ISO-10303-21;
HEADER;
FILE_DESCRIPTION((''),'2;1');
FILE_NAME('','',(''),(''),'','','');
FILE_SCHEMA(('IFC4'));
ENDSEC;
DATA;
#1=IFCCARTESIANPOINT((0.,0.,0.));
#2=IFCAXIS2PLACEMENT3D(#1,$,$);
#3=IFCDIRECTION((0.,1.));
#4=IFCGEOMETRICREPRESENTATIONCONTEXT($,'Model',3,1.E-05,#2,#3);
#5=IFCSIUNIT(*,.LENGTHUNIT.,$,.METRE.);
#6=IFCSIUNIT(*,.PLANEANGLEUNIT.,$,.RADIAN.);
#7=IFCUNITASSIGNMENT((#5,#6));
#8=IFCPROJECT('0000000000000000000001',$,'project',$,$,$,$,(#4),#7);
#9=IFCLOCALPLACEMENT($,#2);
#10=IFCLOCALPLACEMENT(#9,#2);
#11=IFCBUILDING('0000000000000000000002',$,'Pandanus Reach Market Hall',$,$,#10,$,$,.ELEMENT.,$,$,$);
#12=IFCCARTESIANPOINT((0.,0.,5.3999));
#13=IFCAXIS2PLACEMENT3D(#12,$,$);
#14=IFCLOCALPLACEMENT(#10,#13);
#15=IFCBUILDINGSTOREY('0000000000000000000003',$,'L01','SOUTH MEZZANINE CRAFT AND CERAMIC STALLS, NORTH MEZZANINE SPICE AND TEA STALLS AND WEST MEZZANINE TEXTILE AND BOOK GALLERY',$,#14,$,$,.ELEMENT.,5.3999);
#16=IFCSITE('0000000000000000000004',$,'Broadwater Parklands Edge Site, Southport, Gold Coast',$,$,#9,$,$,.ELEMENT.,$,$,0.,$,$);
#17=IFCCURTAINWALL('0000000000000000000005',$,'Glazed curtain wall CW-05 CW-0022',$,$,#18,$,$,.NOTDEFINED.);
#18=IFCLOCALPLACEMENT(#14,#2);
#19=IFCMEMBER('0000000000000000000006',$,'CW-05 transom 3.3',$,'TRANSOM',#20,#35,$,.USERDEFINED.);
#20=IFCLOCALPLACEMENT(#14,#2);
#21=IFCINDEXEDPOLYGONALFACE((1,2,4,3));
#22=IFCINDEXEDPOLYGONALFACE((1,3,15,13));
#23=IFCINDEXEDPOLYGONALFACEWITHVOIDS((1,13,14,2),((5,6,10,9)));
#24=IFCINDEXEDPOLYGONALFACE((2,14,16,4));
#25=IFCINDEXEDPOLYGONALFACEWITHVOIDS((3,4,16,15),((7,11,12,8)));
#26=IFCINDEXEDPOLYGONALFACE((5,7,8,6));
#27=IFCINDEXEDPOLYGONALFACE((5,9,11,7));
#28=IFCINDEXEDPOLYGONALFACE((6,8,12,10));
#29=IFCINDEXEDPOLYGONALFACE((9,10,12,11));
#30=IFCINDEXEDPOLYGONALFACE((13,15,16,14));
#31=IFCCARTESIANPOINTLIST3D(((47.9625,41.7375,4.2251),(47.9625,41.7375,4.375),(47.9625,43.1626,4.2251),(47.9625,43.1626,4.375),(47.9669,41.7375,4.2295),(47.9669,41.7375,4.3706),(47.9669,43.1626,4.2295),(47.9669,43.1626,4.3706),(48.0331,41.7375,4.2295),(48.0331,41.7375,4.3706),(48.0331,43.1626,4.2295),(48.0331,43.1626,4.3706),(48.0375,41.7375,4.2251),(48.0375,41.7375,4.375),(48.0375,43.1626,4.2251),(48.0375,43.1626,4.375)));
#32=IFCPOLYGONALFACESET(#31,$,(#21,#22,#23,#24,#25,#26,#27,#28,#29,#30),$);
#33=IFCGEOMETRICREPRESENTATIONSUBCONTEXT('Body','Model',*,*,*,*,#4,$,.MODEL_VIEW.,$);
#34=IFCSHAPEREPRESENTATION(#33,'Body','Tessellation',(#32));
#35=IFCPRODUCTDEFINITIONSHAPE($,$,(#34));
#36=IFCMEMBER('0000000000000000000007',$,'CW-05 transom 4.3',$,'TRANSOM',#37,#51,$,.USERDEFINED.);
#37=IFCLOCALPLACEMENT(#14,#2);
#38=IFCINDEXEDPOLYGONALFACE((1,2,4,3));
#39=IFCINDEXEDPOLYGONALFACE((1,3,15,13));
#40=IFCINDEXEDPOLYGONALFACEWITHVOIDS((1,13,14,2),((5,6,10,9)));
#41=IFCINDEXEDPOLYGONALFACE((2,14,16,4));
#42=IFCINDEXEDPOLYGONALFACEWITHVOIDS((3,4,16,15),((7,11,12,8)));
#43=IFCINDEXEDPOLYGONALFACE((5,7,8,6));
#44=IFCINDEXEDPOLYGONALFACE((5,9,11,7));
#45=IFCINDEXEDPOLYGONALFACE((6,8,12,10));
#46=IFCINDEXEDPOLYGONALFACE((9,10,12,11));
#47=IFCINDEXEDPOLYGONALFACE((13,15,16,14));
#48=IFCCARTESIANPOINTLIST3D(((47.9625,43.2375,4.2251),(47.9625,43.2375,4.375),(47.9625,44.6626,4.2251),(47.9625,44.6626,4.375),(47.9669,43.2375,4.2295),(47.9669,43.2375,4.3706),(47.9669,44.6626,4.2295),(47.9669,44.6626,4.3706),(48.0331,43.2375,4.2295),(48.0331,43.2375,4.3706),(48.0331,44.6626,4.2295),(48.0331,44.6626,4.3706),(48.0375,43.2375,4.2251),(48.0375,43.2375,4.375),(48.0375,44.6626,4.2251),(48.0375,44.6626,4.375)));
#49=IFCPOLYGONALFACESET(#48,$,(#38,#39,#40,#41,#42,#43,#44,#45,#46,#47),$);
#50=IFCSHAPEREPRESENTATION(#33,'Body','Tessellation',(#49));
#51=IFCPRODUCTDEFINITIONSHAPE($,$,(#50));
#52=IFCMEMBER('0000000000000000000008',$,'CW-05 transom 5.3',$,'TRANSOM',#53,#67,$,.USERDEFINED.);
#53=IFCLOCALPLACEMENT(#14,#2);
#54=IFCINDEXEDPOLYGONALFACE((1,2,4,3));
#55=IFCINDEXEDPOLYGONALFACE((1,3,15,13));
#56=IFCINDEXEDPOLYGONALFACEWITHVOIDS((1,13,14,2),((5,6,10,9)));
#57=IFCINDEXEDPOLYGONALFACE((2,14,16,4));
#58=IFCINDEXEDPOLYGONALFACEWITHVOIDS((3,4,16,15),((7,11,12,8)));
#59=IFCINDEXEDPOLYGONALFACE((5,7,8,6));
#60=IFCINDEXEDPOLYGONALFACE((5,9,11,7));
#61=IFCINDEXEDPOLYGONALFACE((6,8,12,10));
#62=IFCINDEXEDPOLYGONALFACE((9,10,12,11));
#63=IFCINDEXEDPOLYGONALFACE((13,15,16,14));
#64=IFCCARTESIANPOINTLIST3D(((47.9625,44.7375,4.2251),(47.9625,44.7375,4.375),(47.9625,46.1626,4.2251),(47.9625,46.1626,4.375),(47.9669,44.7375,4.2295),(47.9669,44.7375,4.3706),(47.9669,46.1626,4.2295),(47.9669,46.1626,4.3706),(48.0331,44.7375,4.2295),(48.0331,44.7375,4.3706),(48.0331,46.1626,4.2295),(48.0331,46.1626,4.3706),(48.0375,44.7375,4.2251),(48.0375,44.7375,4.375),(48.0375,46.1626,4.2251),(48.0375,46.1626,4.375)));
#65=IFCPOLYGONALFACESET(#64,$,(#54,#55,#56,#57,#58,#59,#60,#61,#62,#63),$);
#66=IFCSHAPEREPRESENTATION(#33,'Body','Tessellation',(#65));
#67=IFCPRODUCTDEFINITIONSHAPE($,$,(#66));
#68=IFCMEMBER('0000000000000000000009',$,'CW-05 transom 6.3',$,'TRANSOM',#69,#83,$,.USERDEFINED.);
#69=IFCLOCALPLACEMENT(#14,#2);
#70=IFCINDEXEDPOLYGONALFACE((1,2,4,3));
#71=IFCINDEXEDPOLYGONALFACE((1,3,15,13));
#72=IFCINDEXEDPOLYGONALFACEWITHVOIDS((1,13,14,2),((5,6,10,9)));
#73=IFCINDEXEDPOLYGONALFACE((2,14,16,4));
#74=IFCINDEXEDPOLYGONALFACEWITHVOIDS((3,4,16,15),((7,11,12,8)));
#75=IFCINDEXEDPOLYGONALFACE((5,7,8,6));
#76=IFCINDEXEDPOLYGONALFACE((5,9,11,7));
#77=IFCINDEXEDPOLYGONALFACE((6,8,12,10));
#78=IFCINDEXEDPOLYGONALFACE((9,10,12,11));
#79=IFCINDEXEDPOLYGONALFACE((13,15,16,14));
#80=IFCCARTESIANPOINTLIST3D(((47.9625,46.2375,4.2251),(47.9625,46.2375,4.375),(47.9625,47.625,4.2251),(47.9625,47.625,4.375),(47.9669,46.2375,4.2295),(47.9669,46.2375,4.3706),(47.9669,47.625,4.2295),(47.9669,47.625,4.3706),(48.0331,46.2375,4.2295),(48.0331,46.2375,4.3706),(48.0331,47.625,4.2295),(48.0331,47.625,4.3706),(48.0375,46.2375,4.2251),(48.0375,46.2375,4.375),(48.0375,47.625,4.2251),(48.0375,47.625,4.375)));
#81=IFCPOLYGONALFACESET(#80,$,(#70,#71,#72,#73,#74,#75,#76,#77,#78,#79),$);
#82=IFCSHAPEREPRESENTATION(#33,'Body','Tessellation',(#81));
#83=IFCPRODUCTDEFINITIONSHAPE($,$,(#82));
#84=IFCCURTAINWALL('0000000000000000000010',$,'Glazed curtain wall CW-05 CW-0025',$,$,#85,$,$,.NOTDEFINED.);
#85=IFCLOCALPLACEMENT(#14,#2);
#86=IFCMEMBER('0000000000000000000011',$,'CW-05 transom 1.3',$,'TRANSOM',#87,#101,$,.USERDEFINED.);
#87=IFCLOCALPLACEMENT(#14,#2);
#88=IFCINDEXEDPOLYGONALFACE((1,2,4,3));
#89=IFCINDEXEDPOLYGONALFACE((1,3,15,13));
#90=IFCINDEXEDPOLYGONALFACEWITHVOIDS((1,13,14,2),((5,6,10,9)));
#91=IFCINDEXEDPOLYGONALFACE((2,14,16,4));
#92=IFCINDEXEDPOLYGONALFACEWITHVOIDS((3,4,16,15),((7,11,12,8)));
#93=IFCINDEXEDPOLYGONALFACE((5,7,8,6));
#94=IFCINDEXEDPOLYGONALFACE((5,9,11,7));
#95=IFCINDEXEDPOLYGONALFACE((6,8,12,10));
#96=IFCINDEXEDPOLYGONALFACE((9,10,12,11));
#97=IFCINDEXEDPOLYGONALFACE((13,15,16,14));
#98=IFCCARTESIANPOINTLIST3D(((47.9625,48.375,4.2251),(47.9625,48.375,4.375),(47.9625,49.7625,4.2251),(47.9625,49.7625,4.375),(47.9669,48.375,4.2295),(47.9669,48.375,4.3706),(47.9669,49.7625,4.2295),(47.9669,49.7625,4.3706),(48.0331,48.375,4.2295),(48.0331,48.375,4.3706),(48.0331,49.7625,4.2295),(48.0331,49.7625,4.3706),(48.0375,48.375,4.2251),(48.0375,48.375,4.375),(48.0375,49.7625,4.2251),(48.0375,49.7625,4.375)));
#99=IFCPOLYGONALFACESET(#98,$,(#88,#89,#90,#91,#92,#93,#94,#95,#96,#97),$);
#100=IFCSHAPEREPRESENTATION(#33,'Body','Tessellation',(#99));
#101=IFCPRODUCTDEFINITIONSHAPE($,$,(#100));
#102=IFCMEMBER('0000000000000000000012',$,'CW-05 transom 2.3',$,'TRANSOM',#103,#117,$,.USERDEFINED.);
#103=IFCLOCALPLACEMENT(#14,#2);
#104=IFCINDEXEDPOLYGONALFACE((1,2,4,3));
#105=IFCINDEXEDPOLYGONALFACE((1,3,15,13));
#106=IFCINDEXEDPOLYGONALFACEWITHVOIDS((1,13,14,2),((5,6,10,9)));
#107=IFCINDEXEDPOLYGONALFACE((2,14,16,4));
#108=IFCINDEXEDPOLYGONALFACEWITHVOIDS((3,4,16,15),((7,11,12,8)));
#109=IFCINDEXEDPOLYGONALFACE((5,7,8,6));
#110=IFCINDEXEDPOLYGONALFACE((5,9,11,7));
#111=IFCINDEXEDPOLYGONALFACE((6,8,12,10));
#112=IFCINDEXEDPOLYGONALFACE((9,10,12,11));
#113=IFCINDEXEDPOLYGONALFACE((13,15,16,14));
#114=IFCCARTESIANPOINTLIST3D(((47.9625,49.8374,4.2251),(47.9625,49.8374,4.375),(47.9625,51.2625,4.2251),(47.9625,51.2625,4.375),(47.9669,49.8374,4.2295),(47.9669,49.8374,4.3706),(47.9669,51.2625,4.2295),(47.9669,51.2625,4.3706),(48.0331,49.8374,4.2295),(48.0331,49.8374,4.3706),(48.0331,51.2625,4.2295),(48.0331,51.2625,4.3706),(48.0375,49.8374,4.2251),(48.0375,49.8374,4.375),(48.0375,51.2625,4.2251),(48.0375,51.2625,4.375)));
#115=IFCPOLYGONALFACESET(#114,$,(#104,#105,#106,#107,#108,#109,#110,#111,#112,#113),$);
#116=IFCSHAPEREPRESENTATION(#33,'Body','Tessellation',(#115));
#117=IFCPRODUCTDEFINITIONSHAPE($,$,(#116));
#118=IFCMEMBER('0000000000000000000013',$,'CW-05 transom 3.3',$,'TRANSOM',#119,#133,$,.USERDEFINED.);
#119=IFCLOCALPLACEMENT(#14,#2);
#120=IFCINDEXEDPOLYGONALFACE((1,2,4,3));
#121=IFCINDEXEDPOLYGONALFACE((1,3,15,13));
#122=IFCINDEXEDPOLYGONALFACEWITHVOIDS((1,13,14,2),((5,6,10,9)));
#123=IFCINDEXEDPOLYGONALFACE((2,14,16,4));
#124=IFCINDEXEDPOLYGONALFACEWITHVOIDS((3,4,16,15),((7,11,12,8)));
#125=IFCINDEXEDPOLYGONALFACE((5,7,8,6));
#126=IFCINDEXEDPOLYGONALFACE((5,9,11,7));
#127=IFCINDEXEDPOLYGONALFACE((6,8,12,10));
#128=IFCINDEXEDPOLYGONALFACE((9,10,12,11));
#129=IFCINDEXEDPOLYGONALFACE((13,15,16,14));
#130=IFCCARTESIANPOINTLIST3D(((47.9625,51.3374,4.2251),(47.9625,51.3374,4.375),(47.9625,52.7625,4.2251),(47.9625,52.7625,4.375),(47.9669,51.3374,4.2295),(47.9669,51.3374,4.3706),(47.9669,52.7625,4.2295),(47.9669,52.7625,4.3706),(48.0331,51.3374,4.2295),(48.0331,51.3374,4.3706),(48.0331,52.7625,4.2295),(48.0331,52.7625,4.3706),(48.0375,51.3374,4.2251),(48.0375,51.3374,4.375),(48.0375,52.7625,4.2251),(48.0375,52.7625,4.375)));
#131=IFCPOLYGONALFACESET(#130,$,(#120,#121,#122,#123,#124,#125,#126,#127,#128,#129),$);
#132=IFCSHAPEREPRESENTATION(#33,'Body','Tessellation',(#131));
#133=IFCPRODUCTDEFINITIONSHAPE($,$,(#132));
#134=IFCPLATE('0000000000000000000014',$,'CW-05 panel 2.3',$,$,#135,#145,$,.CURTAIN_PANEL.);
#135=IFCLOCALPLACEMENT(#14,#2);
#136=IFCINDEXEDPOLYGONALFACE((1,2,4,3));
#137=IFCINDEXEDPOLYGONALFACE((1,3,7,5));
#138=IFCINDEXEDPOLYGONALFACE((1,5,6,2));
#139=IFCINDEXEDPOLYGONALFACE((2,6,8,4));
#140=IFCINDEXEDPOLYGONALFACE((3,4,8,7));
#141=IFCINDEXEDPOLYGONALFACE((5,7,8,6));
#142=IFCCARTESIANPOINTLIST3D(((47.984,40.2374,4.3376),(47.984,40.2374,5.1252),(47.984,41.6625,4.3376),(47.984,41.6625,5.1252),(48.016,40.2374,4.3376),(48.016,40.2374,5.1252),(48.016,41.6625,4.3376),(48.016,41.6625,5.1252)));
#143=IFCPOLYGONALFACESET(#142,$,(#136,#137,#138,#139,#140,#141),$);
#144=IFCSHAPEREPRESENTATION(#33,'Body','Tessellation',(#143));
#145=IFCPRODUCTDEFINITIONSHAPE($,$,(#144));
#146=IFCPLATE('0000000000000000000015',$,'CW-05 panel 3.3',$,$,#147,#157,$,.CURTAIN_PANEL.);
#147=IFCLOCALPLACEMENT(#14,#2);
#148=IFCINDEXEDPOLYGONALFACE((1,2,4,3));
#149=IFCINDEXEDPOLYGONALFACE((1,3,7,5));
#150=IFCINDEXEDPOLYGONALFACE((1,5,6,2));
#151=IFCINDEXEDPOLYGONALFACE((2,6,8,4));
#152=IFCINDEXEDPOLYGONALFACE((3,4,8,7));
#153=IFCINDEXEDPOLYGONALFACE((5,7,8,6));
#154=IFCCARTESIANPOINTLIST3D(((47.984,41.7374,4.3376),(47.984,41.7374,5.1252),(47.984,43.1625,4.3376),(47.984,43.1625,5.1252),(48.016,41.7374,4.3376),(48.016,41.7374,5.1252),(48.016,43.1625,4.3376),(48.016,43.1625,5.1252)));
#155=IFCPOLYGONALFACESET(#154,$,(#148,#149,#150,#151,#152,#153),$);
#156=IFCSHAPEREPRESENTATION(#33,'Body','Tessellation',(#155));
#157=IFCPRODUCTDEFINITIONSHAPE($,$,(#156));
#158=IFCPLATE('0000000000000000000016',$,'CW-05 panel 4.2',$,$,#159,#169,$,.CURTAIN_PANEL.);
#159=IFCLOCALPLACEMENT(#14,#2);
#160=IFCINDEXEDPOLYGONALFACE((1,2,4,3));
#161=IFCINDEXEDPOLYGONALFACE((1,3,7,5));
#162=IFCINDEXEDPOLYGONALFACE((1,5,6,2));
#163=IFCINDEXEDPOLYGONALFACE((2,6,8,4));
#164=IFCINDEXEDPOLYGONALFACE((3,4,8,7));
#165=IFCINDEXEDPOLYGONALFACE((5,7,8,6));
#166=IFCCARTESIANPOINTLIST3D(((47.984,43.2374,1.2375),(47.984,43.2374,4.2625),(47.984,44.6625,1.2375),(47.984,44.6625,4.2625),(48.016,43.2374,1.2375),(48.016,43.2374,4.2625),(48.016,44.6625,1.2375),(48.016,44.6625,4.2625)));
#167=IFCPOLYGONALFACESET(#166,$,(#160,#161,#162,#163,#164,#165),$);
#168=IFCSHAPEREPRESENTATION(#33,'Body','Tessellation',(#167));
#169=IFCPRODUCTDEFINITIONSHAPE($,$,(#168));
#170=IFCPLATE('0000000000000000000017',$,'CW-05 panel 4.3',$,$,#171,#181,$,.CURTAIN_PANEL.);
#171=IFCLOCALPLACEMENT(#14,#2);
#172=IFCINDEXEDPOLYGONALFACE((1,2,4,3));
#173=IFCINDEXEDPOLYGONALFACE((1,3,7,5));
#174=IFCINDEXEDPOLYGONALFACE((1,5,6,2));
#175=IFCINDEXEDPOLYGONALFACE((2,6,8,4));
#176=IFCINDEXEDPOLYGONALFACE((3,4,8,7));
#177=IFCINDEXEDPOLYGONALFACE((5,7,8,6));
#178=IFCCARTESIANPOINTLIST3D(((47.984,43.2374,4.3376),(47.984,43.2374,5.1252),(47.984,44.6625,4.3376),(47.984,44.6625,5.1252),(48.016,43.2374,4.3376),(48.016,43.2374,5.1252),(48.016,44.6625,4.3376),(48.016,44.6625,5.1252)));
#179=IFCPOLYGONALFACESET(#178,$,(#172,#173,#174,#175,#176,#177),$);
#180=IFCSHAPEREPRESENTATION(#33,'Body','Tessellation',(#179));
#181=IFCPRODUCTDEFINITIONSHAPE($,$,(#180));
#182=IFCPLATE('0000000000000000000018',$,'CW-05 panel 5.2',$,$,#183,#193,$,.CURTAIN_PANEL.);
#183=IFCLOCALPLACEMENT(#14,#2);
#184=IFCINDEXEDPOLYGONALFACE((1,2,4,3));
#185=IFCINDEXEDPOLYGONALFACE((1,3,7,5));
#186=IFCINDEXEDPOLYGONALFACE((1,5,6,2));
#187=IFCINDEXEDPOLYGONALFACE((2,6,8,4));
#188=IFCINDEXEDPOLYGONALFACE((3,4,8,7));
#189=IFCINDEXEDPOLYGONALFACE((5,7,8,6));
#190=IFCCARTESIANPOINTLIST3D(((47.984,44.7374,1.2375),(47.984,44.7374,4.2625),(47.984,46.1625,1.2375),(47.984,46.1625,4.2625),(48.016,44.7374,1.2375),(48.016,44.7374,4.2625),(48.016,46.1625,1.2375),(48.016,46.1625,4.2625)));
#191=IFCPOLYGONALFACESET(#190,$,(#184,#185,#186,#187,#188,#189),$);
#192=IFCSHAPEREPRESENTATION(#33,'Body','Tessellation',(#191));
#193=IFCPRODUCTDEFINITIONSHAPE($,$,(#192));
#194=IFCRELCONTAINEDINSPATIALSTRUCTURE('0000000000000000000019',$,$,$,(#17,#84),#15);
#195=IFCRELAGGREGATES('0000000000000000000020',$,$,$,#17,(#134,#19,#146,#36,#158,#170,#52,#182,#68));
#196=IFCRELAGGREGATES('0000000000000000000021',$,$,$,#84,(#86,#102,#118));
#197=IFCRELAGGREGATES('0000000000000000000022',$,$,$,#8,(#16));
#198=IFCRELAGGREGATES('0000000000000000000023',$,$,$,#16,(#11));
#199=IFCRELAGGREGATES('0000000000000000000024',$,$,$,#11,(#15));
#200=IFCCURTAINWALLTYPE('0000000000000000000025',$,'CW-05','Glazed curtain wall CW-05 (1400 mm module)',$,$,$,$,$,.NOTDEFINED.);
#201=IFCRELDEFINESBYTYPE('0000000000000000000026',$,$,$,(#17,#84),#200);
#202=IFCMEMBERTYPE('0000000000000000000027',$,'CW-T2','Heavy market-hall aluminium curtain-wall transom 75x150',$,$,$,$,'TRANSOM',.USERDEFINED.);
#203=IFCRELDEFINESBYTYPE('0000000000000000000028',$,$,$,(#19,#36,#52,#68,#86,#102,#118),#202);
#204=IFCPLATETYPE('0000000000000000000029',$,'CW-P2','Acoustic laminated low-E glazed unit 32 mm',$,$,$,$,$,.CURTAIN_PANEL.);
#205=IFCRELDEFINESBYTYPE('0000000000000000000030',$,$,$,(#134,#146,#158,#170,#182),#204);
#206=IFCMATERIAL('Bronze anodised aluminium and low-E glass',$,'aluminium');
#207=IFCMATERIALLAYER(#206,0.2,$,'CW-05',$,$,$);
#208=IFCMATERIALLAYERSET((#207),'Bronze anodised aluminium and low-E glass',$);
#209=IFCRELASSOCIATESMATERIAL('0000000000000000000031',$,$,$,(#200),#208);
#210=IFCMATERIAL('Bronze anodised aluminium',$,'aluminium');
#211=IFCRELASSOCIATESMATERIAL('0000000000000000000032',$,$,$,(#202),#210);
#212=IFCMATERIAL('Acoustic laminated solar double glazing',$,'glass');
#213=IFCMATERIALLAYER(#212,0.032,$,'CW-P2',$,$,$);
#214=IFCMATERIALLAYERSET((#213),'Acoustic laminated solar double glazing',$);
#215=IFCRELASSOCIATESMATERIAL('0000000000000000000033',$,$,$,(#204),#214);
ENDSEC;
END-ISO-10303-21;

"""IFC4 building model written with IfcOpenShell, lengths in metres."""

from ifc_helpers import new_model, si_unit, direction, frame, origin, origin_2d, place, context, subcontext, project, spatial, rectangle, hollow_rectangle, extrude, material, layer, layer_set, material_profile, profile_set, type_object, element, aggregate, save


model = new_model("IFC4")

# Units and contexts
model_context = context("Model", 3, precision=1e-05, world=origin(), true_north=direction((0.0, 1.0)))
body_context = subcontext(model_context, "Body", "Model", "MODEL_VIEW")
ifc_project = project(units=[si_unit("LENGTHUNIT", "METRE"), si_unit("PLANEANGLEUNIT", "RADIAN")], contexts=[model_context])

# Site, building, storey
site_placement = place(None, origin())
site = spatial("IfcSite", under=ifc_project, at=site_placement, Name="Broadwater Parklands Edge Site, Southport, Gold Coast", CompositionType="ELEMENT", RefElevation=0.0)
building_placement = place(site_placement, origin())
building = spatial("IfcBuilding", under=site, at=building_placement, Name="Pandanus Reach Market Hall", CompositionType="ELEMENT")
storey_placement = place(building_placement, frame((0.0, 0.0, 5.3999)))
storey = spatial("IfcBuildingStorey", under=building, at=storey_placement, Name="L01", Description="SOUTH MEZZANINE CRAFT AND CERAMIC STALLS, NORTH MEZZANINE SPICE AND TEA STALLS AND WEST MEZZANINE TEXTILE AND BOOK GALLERY", CompositionType="ELEMENT", Elevation=5.3999)

# Curtain walls, members
ifc_material_1 = material(Name="Bronze anodised aluminium and low-E glass", Category="aluminium")
ifc_layer_1 = layer(ifc_material_1, 0.2, Name="CW-05")
ifc_layer_set_1 = layer_set([ifc_layer_1], Name="Bronze anodised aluminium and low-E glass")
curtain_wall_type = type_object("IfcCurtainWallType", Name="CW-05", Description="Glazed curtain wall CW-05 (1400 mm module)", PredefinedType="NOTDEFINED", material=ifc_layer_set_1)
curtain_wall_1_placement = place(storey_placement, origin())
curtain_wall_1 = element("IfcCurtainWall", 1, at=curtain_wall_1_placement, inside=storey, type_object=curtain_wall_type, Name="Glazed curtain wall CW-05 CW-0022", PredefinedType="NOTDEFINED")
ifc_material_2 = material(Name="Bronze anodised aluminium", Category="aluminium")
ifc_material_profile = material_profile(ifc_material_2, hollow_rectangle(XDim=0.075, YDim=0.1499, WallThickness=0.0044, at=origin_2d()), Name="ALU75x150", Category="LoadBearing")
ifc_profile_set = profile_set([ifc_material_profile], Name="Bronze anodised aluminium")
member_type = type_object("IfcMemberType", Name="CW-T2", Description="Heavy market-hall aluminium curtain-wall transom 75x150", ElementType="TRANSOM", PredefinedType="USERDEFINED", material=ifc_profile_set)
member_1_placement = place(storey_placement, frame((48.0, 41.7375, 4.3), z_axis=(0.0, 1.0, 0.0), x_axis=(-1.0, 0.0, 0.0)))
member_1 = element("IfcMember", 2, at=member_1_placement, type_object=member_type, Name="CW-05 transom 3.3", ObjectType="TRANSOM", PredefinedType="USERDEFINED", context=body_context, shape_type="SweptSolid", body=[
    extrude(hollow_rectangle(XDim=0.075, YDim=0.1499, WallThickness=0.0044, at=origin_2d()), origin(), (0.0, 0.0, 1.0), 1.425),
])
member_2_placement = place(storey_placement, frame((48.0, 43.2375, 4.3), z_axis=(0.0, 1.0, 0.0), x_axis=(-1.0, 0.0, 0.0)))
member_2 = element("IfcMember", 3, at=member_2_placement, type_object=member_type, Name="CW-05 transom 4.3", ObjectType="TRANSOM", PredefinedType="USERDEFINED", context=body_context, shape_type="SweptSolid", body=[
    extrude(hollow_rectangle(XDim=0.075, YDim=0.1499, WallThickness=0.0044, at=origin_2d()), origin(), (0.0, 0.0, 1.0), 1.425),
])
member_3_placement = place(storey_placement, frame((48.0, 44.7375, 4.3), z_axis=(0.0, 1.0, 0.0), x_axis=(-1.0, 0.0, 0.0)))
member_3 = element("IfcMember", 4, at=member_3_placement, type_object=member_type, Name="CW-05 transom 5.3", ObjectType="TRANSOM", PredefinedType="USERDEFINED", context=body_context, shape_type="SweptSolid", body=[
    extrude(hollow_rectangle(XDim=0.075, YDim=0.1499, WallThickness=0.0044, at=origin_2d()), origin(), (0.0, 0.0, 1.0), 1.425),
])
member_4_placement = place(storey_placement, frame((48.0, 46.2375, 4.3), z_axis=(0.0, 1.0, 0.0), x_axis=(-1.0, 0.0, 0.0)))
member_4 = element("IfcMember", 5, at=member_4_placement, type_object=member_type, Name="CW-05 transom 6.3", ObjectType="TRANSOM", PredefinedType="USERDEFINED", context=body_context, shape_type="SweptSolid", body=[
    extrude(hollow_rectangle(XDim=0.075, YDim=0.1499, WallThickness=0.0044, at=origin_2d()), origin(), (0.0, 0.0, 1.0), 1.3875),
])
curtain_wall_2_placement = place(storey_placement, origin())
curtain_wall_2 = element("IfcCurtainWall", 6, at=curtain_wall_2_placement, inside=storey, type_object=curtain_wall_type, Name="Glazed curtain wall CW-05 CW-0025", PredefinedType="NOTDEFINED")
member_5_placement = place(storey_placement, frame((48.0, 48.375, 4.3), z_axis=(0.0, 1.0, 0.0), x_axis=(-1.0, 0.0, 0.0)))
member_5 = element("IfcMember", 7, at=member_5_placement, type_object=member_type, Name="CW-05 transom 1.3", ObjectType="TRANSOM", PredefinedType="USERDEFINED", context=body_context, shape_type="SweptSolid", body=[
    extrude(hollow_rectangle(XDim=0.075, YDim=0.1499, WallThickness=0.0044, at=origin_2d()), origin(), (0.0, 0.0, 1.0), 1.3875),
])
member_6_placement = place(storey_placement, frame((48.0, 49.8374, 4.3), z_axis=(0.0, 1.0, 0.0), x_axis=(-1.0, 0.0, 0.0)))
member_6 = element("IfcMember", 8, at=member_6_placement, type_object=member_type, Name="CW-05 transom 2.3", ObjectType="TRANSOM", PredefinedType="USERDEFINED", context=body_context, shape_type="SweptSolid", body=[
    extrude(hollow_rectangle(XDim=0.075, YDim=0.1499, WallThickness=0.0044, at=origin_2d()), origin(), (0.0, 0.0, 1.0), 1.425),
])
member_7_placement = place(storey_placement, frame((48.0, 51.3374, 4.3), z_axis=(0.0, 1.0, 0.0), x_axis=(-1.0, 0.0, 0.0)))
member_7 = element("IfcMember", 9, at=member_7_placement, type_object=member_type, Name="CW-05 transom 3.3", ObjectType="TRANSOM", PredefinedType="USERDEFINED", context=body_context, shape_type="SweptSolid", body=[
    extrude(hollow_rectangle(XDim=0.075, YDim=0.1499, WallThickness=0.0044, at=origin_2d()), origin(), (0.0, 0.0, 1.0), 1.425),
])

# Plates
ifc_material_3 = material(Name="Acoustic laminated solar double glazing", Category="glass")
ifc_layer_2 = layer(ifc_material_3, 0.032, Name="CW-P2")
ifc_layer_set_2 = layer_set([ifc_layer_2], Name="Acoustic laminated solar double glazing")
plate_type = type_object("IfcPlateType", Name="CW-P2", Description="Acoustic laminated low-E glazed unit 32 mm", PredefinedType="CURTAIN_PANEL", material=ifc_layer_set_2)
plate_1_placement = place(storey_placement, frame((48.0, 40.95, 4.3376), z_axis=(0.0, 0.0, 1.0), x_axis=(0.0, 1.0, 0.0)))
plate_1 = element("IfcPlate", 10, at=plate_1_placement, type_object=plate_type, Name="CW-05 panel 2.3", PredefinedType="CURTAIN_PANEL", context=body_context, shape_type="SweptSolid", body=[
    extrude(rectangle(XDim=1.425, YDim=0.032, at=origin_2d()), origin(), (0.0, 0.0, 1.0), 0.7876),
])
plate_2_placement = place(storey_placement, frame((48.0, 42.45, 4.3376), z_axis=(0.0, 0.0, 1.0), x_axis=(0.0, 1.0, 0.0)))
plate_2 = element("IfcPlate", 11, at=plate_2_placement, type_object=plate_type, Name="CW-05 panel 3.3", PredefinedType="CURTAIN_PANEL", context=body_context, shape_type="SweptSolid", body=[
    extrude(rectangle(XDim=1.425, YDim=0.032, at=origin_2d()), origin(), (0.0, 0.0, 1.0), 0.7876),
])
plate_3_placement = place(storey_placement, frame((48.0, 43.95, 1.2375), z_axis=(0.0, 0.0, 1.0), x_axis=(0.0, 1.0, 0.0)))
plate_3 = element("IfcPlate", 12, at=plate_3_placement, type_object=plate_type, Name="CW-05 panel 4.2", PredefinedType="CURTAIN_PANEL", context=body_context, shape_type="SweptSolid", body=[
    extrude(rectangle(XDim=1.425, YDim=0.032, at=origin_2d()), origin(), (0.0, 0.0, 1.0), 3.0249),
])
plate_4_placement = place(storey_placement, frame((48.0, 43.95, 4.3376), z_axis=(0.0, 0.0, 1.0), x_axis=(0.0, 1.0, 0.0)))
plate_4 = element("IfcPlate", 13, at=plate_4_placement, type_object=plate_type, Name="CW-05 panel 4.3", PredefinedType="CURTAIN_PANEL", context=body_context, shape_type="SweptSolid", body=[
    extrude(rectangle(XDim=1.425, YDim=0.032, at=origin_2d()), origin(), (0.0, 0.0, 1.0), 0.7876),
])
plate_5_placement = place(storey_placement, frame((48.0, 45.45, 1.2375), z_axis=(0.0, 0.0, 1.0), x_axis=(0.0, 1.0, 0.0)))
plate_5 = element("IfcPlate", 14, at=plate_5_placement, type_object=plate_type, Name="CW-05 panel 5.2", PredefinedType="CURTAIN_PANEL", context=body_context, shape_type="SweptSolid", body=[
    extrude(rectangle(XDim=1.425, YDim=0.032, at=origin_2d()), origin(), (0.0, 0.0, 1.0), 3.0249),
])
aggregate(curtain_wall_1, [plate_1, member_1, plate_2, member_2, plate_3, plate_4, member_3, plate_5, member_4])
aggregate(curtain_wall_2, [member_5, member_6, member_7])

save(model, "model.ifc")
